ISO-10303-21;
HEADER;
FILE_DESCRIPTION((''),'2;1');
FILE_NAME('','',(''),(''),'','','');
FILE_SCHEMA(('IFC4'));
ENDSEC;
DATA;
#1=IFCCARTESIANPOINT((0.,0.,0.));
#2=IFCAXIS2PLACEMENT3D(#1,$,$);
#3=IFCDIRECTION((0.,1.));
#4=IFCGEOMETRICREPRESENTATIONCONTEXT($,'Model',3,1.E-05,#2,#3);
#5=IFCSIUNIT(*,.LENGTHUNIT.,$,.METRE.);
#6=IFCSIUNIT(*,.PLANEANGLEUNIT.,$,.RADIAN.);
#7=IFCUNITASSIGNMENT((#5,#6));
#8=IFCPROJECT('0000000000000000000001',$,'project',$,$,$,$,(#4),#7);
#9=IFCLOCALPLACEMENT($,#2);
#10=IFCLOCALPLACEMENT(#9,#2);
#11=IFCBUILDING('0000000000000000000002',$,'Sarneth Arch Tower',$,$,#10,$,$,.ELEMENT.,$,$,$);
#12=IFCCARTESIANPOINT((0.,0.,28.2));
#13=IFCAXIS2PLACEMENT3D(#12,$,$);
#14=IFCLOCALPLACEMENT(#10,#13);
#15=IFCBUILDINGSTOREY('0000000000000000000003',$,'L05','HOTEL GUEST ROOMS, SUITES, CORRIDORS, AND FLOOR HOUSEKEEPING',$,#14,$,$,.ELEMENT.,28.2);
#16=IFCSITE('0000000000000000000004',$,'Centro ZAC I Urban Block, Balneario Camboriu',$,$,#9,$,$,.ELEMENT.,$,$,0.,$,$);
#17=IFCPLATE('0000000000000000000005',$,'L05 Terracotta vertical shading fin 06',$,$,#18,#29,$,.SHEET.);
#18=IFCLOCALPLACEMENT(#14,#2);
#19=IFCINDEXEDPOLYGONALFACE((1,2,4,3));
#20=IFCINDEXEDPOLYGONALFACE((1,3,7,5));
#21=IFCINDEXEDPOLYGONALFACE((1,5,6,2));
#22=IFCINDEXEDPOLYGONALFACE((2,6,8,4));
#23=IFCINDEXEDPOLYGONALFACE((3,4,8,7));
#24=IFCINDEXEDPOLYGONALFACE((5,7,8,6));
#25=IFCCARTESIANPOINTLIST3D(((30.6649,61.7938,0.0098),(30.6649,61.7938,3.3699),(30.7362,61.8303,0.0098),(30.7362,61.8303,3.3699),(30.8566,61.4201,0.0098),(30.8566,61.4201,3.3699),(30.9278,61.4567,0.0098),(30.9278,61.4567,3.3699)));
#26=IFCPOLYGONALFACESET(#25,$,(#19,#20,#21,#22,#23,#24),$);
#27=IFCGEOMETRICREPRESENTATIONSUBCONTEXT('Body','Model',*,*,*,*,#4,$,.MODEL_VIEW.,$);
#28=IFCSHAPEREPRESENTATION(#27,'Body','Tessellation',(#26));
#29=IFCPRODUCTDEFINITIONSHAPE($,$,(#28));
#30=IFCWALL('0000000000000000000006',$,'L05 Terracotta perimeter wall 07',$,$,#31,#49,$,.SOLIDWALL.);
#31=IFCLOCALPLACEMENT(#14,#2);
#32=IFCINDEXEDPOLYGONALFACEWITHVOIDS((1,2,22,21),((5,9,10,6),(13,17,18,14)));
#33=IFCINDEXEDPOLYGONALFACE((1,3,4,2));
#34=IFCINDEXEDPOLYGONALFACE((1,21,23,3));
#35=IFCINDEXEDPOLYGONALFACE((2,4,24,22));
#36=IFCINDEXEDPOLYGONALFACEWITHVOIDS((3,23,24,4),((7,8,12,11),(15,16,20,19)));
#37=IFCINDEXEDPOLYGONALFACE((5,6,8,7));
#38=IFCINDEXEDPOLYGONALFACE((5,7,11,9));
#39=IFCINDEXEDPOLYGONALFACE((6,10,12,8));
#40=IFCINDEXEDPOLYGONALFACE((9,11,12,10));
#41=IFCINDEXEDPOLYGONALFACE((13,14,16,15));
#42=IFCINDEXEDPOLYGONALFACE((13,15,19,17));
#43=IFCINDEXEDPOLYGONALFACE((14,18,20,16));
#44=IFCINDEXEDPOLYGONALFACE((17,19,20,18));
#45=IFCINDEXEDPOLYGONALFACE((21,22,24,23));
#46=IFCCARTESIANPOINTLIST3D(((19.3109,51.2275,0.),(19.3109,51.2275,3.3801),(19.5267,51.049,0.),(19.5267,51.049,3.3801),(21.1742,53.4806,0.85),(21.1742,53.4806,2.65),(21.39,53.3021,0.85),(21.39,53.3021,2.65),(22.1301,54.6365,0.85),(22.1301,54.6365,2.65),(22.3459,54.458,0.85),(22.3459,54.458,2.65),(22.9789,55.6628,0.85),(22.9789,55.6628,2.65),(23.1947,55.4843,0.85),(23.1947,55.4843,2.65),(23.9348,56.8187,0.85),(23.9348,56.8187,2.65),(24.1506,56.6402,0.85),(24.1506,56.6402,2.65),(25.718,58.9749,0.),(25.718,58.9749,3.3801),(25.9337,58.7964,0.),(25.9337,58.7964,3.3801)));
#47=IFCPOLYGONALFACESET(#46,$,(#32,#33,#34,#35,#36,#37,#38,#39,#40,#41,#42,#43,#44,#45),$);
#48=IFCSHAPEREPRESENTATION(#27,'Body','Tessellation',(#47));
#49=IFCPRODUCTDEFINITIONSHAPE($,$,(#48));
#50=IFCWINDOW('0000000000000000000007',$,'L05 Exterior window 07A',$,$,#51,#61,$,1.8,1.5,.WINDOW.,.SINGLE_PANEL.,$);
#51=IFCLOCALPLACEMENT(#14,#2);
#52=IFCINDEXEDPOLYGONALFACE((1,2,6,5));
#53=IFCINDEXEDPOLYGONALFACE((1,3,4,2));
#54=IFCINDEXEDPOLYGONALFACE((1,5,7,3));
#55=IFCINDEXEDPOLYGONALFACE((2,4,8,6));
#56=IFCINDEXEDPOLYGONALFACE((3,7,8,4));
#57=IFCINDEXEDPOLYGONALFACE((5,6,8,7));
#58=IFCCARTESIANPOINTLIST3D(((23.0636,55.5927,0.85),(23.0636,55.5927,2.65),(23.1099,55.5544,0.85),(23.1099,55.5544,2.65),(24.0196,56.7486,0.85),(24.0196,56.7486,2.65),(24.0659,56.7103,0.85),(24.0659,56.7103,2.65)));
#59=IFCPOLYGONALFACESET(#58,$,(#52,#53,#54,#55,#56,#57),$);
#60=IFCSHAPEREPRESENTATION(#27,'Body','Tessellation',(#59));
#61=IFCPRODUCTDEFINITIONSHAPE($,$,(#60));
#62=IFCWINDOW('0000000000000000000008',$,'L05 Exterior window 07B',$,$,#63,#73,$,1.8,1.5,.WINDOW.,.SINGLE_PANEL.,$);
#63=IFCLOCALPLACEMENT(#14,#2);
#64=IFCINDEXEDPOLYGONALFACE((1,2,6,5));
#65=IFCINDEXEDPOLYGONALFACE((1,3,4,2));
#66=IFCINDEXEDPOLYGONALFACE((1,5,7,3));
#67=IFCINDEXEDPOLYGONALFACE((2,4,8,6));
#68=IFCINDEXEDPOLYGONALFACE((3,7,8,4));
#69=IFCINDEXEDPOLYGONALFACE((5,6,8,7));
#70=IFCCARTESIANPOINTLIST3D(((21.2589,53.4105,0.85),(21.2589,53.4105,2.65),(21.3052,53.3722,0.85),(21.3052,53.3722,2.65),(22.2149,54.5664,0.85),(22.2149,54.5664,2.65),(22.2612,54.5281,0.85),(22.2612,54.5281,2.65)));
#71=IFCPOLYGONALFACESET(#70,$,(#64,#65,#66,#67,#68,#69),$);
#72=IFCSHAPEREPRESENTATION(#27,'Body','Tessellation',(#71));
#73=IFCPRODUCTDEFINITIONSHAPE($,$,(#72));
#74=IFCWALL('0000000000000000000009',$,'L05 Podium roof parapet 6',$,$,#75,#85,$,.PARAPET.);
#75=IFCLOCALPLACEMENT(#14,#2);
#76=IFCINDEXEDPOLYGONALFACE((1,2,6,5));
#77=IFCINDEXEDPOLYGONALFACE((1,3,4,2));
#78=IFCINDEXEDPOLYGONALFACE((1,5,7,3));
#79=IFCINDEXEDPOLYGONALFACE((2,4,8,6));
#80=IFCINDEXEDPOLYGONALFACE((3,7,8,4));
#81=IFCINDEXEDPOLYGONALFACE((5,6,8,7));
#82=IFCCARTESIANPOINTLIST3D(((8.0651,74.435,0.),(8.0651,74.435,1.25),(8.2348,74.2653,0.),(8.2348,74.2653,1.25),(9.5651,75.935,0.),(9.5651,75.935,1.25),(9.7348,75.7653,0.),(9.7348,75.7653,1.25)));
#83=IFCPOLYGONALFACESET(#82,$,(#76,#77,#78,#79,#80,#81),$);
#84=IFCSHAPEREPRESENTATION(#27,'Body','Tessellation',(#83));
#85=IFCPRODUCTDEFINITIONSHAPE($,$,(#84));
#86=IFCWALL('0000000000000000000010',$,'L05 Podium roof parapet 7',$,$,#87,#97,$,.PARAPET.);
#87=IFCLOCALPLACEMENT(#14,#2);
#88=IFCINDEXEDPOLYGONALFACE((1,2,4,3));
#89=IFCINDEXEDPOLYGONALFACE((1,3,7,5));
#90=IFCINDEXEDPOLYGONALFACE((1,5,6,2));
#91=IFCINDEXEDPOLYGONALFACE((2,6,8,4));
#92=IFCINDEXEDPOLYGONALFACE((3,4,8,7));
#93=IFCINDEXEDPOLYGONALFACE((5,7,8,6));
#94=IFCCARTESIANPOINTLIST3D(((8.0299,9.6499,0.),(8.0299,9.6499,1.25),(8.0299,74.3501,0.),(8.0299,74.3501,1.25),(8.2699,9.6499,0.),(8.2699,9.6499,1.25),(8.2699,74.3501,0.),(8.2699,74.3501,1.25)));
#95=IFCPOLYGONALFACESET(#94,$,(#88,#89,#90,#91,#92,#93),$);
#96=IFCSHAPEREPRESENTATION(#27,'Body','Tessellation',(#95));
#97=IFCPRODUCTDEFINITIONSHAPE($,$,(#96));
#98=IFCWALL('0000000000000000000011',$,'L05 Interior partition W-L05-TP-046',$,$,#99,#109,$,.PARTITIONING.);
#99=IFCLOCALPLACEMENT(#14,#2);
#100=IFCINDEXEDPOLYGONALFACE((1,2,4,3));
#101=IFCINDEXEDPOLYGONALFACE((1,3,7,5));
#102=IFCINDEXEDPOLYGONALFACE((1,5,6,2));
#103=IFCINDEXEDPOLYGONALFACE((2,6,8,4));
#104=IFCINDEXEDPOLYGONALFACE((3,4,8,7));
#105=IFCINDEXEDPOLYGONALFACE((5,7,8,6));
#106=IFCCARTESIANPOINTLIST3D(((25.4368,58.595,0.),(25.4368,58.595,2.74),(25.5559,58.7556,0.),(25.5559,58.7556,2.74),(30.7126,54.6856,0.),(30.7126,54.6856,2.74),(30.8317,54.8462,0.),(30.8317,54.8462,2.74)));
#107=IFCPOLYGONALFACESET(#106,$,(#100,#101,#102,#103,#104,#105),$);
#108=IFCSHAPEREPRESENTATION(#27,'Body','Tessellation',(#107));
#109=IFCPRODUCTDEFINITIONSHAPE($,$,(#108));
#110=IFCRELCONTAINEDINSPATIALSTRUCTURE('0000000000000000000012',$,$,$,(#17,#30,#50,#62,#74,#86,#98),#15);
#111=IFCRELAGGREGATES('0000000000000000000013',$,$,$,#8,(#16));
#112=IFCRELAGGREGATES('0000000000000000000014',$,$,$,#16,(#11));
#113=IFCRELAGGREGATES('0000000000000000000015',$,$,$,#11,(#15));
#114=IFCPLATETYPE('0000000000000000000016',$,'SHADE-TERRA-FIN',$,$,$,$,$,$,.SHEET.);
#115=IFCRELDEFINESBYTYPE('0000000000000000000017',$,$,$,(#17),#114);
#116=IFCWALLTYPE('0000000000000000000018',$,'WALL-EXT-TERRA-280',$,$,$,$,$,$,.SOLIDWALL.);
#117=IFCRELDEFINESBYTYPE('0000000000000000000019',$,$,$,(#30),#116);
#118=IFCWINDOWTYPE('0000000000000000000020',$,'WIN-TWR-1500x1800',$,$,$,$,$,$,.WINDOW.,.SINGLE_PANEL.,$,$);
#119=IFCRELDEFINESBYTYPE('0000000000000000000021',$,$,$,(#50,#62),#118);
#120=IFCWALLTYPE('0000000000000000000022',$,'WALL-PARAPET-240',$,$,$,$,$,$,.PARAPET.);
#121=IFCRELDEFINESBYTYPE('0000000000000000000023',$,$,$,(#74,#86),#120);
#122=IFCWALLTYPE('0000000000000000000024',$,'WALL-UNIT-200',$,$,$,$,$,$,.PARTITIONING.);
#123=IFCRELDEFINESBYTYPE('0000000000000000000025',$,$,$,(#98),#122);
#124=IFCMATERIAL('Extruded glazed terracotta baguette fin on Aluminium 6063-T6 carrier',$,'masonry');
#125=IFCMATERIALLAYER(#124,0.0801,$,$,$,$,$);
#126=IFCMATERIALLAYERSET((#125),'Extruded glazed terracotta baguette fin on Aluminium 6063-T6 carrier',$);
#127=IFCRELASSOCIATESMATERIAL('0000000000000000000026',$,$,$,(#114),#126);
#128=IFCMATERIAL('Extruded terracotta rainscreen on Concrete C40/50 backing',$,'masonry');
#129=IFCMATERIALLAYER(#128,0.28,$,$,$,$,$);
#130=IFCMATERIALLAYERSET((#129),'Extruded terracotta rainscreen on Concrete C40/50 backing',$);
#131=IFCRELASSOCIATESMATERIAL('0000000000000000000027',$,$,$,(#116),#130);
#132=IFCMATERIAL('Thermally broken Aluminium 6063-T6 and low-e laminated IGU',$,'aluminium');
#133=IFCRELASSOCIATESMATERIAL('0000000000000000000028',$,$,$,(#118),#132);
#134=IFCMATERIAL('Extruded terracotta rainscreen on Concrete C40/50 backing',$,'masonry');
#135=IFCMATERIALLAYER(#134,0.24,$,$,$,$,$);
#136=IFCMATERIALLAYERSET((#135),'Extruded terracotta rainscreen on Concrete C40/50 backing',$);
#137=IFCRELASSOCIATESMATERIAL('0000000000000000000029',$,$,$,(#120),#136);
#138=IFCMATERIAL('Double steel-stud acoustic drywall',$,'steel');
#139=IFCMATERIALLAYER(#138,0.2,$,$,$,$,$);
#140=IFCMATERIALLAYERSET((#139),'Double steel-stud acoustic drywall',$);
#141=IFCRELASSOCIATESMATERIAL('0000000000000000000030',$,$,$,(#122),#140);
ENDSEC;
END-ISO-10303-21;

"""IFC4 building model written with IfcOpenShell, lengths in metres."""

from ifc_helpers import new_model, si_unit, direction, frame, frame_2d, origin, origin_2d, place, context, subcontext, project, spatial, rectangle, extrude, material, layer, layer_set, type_object, element, fill, save


model = new_model("IFC4")

# Units and contexts
model_context = context("Model", 3, precision=1e-05, world=origin(), true_north=direction((0.0, 1.0)))
body_context = subcontext(model_context, "Body", "Model", "MODEL_VIEW")
ifc_project = project(units=[si_unit("LENGTHUNIT", "METRE"), si_unit("PLANEANGLEUNIT", "RADIAN")], contexts=[model_context])

# Site, building, storey
site_placement = place(None, origin())
site = spatial("IfcSite", under=ifc_project, at=site_placement, Name="Centro ZAC I Urban Block, Balneario Camboriu", CompositionType="ELEMENT", RefElevation=0.0)
building_placement = place(site_placement, origin())
building = spatial("IfcBuilding", under=site, at=building_placement, Name="Sarneth Arch Tower", CompositionType="ELEMENT")
storey_placement = place(building_placement, frame((0.0, 0.0, 28.2)))
storey = spatial("IfcBuildingStorey", under=building, at=storey_placement, Name="L05", Description="HOTEL GUEST ROOMS, SUITES, CORRIDORS, AND FLOOR HOUSEKEEPING", CompositionType="ELEMENT", Elevation=28.2)

# Plate
ifc_material_1 = material(Name="Extruded glazed terracotta baguette fin on Aluminium 6063-T6 carrier", Category="masonry")
ifc_layer_1 = layer(ifc_material_1, 0.0801)
ifc_layer_set_1 = layer_set([ifc_layer_1], Name="Extruded glazed terracotta baguette fin on Aluminium 6063-T6 carrier")
plate_type_1 = type_object("IfcPlateType", Name="SHADE-TERRA-FIN", PredefinedType="SHEET", material=ifc_layer_set_1)
plate_1_placement = place(storey_placement, frame((30.7964, 61.6252, 0.0098), z_axis=(0.0, 0.0, 1.0), x_axis=(-0.456322, 0.889815, 0.0)))
element("IfcPlate", 1, at=plate_1_placement, inside=storey, type_object=plate_type_1, Name="L05 Terracotta vertical shading fin 06", PredefinedType="SHEET", context=body_context, shape_type="SweptSolid", body=[
    extrude(rectangle(XDim=0.4199, YDim=0.0801, at=origin_2d()), origin(), (0.0, 0.0, 1.0), 3.3601),
])

# Wall, openings, windows
ifc_material_2 = material(Name="Extruded terracotta rainscreen on Concrete C40/50 backing", Category="masonry")
ifc_layer_2 = layer(ifc_material_2, 0.28)
ifc_layer_set_2 = layer_set([ifc_layer_2], Name="Extruded terracotta rainscreen on Concrete C40/50 backing")
wall_type_1 = type_object("IfcWallType", Name="WALL-EXT-TERRA-280", PredefinedType="SOLIDWALL", material=ifc_layer_set_2)
wall_1_placement = place(storey_placement, frame((25.8259, 58.8857, 0.0), z_axis=(0.0, 0.0, 1.0), x_axis=(-0.637297, -0.770618, 0.0)))
wall_1 = element("IfcWall", 2, at=wall_1_placement, inside=storey, type_object=wall_type_1, Name="L05 Terracotta perimeter wall 07", PredefinedType="SOLIDWALL", context=body_context, shape_type="SweptSolid", body=[
    extrude(rectangle(XDim=10.0535, YDim=0.28, at=frame_2d((5.0269, 0.0))), origin(), (0.0, 0.0, 1.0), 3.3801),
])
opening_1_placement = place(wall_1_placement, frame((2.7981, 0.0, 0.8501)))
opening_1 = element("IfcOpeningElement", 3, at=opening_1_placement, cuts=wall_1, PredefinedType="OPENING", context=body_context, shape_type="SweptSolid", body=[
    extrude(rectangle(XDim=1.5, YDim=1.8, at=frame_2d((0.75, 0.8999))), frame((0.0, 0.1499, 0.0), z_axis=(0.0, -1.0, 0.0), x_axis=(1.0, 0.0, 0.0)), (0.0, 0.0, 1.0), 0.3),
])
opening_2_placement = place(wall_1_placement, frame((5.6299, 0.0, 0.8501)))
opening_2 = element("IfcOpeningElement", 4, at=opening_2_placement, cuts=wall_1, PredefinedType="OPENING", context=body_context, shape_type="SweptSolid", body=[
    extrude(rectangle(XDim=1.5, YDim=1.8, at=frame_2d((0.75, 0.8999))), frame((0.0, 0.1499, 0.0), z_axis=(0.0, -1.0, 0.0), x_axis=(1.0, 0.0, 0.0)), (0.0, 0.0, 1.0), 0.3),
])
ifc_material_3 = material(Name="Thermally broken Aluminium 6063-T6 and low-e laminated IGU", Category="aluminium")
window_type = type_object("IfcWindowType", Name="WIN-TWR-1500x1800", PartitioningType="SINGLE_PANEL", PredefinedType="WINDOW", material=ifc_material_3)
window_1_placement = place(opening_1_placement, origin())
window_1 = element("IfcWindow", 5, at=window_1_placement, inside=storey, type_object=window_type, Name="L05 Exterior window 07A", OverallHeight=1.8, OverallWidth=1.5, PartitioningType="SINGLE_PANEL", PredefinedType="WINDOW", context=body_context, shape_type="SweptSolid", body=[
    extrude(rectangle(XDim=1.5, YDim=1.8, at=frame_2d((0.75, 0.8999))), frame((0.0, 0.03, 0.0), z_axis=(0.0, -1.0, 0.0), x_axis=(1.0, 0.0, 0.0)), (0.0, 0.0, 1.0), 0.0601),
])
fill(opening_1, window_1)
window_2_placement = place(opening_2_placement, origin())
window_2 = element("IfcWindow", 6, at=window_2_placement, inside=storey, type_object=window_type, Name="L05 Exterior window 07B", OverallHeight=1.8, OverallWidth=1.5, PartitioningType="SINGLE_PANEL", PredefinedType="WINDOW", context=body_context, shape_type="SweptSolid", body=[
    extrude(rectangle(XDim=1.5, YDim=1.8, at=frame_2d((0.75, 0.8999))), frame((0.0, 0.03, 0.0), z_axis=(0.0, -1.0, 0.0), x_axis=(1.0, 0.0, 0.0)), (0.0, 0.0, 1.0), 0.0601),
])
fill(opening_2, window_2)

# Walls
ifc_material_4 = material(Name="Extruded terracotta rainscreen on Concrete C40/50 backing", Category="masonry")
ifc_layer_3 = layer(ifc_material_4, 0.24)
ifc_layer_set_3 = layer_set([ifc_layer_3], Name="Extruded terracotta rainscreen on Concrete C40/50 backing")
wall_type_2 = type_object("IfcWallType", Name="WALL-PARAPET-240", PredefinedType="PARAPET", material=ifc_layer_set_3)
wall_2_placement = place(storey_placement, frame((9.6499, 75.8501, 0.0), z_axis=(0.0, 0.0, 1.0), x_axis=(-0.707107, -0.707107, 0.0)))
element("IfcWall", 7, at=wall_2_placement, inside=storey, type_object=wall_type_2, Name="L05 Podium roof parapet 6", PredefinedType="PARAPET", context=body_context, shape_type="SweptSolid", body=[
    extrude(rectangle(XDim=2.1213, YDim=0.24, at=frame_2d((1.0605, 0.0))), origin(), (0.0, 0.0, 1.0), 1.25),
])
wall_3_placement = place(storey_placement, frame((8.1499, 74.3501, 0.0), z_axis=(0.0, 0.0, 1.0), x_axis=(0.0, -1.0, 0.0)))
element("IfcWall", 8, at=wall_3_placement, inside=storey, type_object=wall_type_2, Name="L05 Podium roof parapet 7", PredefinedType="PARAPET", context=body_context, shape_type="SweptSolid", body=[
    extrude(rectangle(XDim=64.7002, YDim=0.24, at=frame_2d((32.3501, 0.0))), origin(), (0.0, 0.0, 1.0), 1.25),
])
ifc_material_5 = material(Name="Double steel-stud acoustic drywall", Category="steel")
ifc_layer_4 = layer(ifc_material_5, 0.2)
ifc_layer_set_4 = layer_set([ifc_layer_4], Name="Double steel-stud acoustic drywall")
wall_type_3 = type_object("IfcWallType", Name="WALL-UNIT-200", PredefinedType="PARTITIONING", material=ifc_layer_set_4)
wall_4_placement = place(storey_placement, frame((25.4963, 58.6753, 0.0), z_axis=(0.0, 0.0, 1.0), x_axis=(0.803458, -0.595362, 0.0)))
element("IfcWall", 9, at=wall_4_placement, inside=storey, type_object=wall_type_3, Name="L05 Interior partition W-L05-TP-046", PredefinedType="PARTITIONING", context=body_context, shape_type="SweptSolid", body=[
    extrude(rectangle(XDim=6.5664, YDim=0.2, at=frame_2d((3.2832, 0.0))), origin(), (0.0, 0.0, 1.0), 2.74),
])

save(model, "model.ifc")
